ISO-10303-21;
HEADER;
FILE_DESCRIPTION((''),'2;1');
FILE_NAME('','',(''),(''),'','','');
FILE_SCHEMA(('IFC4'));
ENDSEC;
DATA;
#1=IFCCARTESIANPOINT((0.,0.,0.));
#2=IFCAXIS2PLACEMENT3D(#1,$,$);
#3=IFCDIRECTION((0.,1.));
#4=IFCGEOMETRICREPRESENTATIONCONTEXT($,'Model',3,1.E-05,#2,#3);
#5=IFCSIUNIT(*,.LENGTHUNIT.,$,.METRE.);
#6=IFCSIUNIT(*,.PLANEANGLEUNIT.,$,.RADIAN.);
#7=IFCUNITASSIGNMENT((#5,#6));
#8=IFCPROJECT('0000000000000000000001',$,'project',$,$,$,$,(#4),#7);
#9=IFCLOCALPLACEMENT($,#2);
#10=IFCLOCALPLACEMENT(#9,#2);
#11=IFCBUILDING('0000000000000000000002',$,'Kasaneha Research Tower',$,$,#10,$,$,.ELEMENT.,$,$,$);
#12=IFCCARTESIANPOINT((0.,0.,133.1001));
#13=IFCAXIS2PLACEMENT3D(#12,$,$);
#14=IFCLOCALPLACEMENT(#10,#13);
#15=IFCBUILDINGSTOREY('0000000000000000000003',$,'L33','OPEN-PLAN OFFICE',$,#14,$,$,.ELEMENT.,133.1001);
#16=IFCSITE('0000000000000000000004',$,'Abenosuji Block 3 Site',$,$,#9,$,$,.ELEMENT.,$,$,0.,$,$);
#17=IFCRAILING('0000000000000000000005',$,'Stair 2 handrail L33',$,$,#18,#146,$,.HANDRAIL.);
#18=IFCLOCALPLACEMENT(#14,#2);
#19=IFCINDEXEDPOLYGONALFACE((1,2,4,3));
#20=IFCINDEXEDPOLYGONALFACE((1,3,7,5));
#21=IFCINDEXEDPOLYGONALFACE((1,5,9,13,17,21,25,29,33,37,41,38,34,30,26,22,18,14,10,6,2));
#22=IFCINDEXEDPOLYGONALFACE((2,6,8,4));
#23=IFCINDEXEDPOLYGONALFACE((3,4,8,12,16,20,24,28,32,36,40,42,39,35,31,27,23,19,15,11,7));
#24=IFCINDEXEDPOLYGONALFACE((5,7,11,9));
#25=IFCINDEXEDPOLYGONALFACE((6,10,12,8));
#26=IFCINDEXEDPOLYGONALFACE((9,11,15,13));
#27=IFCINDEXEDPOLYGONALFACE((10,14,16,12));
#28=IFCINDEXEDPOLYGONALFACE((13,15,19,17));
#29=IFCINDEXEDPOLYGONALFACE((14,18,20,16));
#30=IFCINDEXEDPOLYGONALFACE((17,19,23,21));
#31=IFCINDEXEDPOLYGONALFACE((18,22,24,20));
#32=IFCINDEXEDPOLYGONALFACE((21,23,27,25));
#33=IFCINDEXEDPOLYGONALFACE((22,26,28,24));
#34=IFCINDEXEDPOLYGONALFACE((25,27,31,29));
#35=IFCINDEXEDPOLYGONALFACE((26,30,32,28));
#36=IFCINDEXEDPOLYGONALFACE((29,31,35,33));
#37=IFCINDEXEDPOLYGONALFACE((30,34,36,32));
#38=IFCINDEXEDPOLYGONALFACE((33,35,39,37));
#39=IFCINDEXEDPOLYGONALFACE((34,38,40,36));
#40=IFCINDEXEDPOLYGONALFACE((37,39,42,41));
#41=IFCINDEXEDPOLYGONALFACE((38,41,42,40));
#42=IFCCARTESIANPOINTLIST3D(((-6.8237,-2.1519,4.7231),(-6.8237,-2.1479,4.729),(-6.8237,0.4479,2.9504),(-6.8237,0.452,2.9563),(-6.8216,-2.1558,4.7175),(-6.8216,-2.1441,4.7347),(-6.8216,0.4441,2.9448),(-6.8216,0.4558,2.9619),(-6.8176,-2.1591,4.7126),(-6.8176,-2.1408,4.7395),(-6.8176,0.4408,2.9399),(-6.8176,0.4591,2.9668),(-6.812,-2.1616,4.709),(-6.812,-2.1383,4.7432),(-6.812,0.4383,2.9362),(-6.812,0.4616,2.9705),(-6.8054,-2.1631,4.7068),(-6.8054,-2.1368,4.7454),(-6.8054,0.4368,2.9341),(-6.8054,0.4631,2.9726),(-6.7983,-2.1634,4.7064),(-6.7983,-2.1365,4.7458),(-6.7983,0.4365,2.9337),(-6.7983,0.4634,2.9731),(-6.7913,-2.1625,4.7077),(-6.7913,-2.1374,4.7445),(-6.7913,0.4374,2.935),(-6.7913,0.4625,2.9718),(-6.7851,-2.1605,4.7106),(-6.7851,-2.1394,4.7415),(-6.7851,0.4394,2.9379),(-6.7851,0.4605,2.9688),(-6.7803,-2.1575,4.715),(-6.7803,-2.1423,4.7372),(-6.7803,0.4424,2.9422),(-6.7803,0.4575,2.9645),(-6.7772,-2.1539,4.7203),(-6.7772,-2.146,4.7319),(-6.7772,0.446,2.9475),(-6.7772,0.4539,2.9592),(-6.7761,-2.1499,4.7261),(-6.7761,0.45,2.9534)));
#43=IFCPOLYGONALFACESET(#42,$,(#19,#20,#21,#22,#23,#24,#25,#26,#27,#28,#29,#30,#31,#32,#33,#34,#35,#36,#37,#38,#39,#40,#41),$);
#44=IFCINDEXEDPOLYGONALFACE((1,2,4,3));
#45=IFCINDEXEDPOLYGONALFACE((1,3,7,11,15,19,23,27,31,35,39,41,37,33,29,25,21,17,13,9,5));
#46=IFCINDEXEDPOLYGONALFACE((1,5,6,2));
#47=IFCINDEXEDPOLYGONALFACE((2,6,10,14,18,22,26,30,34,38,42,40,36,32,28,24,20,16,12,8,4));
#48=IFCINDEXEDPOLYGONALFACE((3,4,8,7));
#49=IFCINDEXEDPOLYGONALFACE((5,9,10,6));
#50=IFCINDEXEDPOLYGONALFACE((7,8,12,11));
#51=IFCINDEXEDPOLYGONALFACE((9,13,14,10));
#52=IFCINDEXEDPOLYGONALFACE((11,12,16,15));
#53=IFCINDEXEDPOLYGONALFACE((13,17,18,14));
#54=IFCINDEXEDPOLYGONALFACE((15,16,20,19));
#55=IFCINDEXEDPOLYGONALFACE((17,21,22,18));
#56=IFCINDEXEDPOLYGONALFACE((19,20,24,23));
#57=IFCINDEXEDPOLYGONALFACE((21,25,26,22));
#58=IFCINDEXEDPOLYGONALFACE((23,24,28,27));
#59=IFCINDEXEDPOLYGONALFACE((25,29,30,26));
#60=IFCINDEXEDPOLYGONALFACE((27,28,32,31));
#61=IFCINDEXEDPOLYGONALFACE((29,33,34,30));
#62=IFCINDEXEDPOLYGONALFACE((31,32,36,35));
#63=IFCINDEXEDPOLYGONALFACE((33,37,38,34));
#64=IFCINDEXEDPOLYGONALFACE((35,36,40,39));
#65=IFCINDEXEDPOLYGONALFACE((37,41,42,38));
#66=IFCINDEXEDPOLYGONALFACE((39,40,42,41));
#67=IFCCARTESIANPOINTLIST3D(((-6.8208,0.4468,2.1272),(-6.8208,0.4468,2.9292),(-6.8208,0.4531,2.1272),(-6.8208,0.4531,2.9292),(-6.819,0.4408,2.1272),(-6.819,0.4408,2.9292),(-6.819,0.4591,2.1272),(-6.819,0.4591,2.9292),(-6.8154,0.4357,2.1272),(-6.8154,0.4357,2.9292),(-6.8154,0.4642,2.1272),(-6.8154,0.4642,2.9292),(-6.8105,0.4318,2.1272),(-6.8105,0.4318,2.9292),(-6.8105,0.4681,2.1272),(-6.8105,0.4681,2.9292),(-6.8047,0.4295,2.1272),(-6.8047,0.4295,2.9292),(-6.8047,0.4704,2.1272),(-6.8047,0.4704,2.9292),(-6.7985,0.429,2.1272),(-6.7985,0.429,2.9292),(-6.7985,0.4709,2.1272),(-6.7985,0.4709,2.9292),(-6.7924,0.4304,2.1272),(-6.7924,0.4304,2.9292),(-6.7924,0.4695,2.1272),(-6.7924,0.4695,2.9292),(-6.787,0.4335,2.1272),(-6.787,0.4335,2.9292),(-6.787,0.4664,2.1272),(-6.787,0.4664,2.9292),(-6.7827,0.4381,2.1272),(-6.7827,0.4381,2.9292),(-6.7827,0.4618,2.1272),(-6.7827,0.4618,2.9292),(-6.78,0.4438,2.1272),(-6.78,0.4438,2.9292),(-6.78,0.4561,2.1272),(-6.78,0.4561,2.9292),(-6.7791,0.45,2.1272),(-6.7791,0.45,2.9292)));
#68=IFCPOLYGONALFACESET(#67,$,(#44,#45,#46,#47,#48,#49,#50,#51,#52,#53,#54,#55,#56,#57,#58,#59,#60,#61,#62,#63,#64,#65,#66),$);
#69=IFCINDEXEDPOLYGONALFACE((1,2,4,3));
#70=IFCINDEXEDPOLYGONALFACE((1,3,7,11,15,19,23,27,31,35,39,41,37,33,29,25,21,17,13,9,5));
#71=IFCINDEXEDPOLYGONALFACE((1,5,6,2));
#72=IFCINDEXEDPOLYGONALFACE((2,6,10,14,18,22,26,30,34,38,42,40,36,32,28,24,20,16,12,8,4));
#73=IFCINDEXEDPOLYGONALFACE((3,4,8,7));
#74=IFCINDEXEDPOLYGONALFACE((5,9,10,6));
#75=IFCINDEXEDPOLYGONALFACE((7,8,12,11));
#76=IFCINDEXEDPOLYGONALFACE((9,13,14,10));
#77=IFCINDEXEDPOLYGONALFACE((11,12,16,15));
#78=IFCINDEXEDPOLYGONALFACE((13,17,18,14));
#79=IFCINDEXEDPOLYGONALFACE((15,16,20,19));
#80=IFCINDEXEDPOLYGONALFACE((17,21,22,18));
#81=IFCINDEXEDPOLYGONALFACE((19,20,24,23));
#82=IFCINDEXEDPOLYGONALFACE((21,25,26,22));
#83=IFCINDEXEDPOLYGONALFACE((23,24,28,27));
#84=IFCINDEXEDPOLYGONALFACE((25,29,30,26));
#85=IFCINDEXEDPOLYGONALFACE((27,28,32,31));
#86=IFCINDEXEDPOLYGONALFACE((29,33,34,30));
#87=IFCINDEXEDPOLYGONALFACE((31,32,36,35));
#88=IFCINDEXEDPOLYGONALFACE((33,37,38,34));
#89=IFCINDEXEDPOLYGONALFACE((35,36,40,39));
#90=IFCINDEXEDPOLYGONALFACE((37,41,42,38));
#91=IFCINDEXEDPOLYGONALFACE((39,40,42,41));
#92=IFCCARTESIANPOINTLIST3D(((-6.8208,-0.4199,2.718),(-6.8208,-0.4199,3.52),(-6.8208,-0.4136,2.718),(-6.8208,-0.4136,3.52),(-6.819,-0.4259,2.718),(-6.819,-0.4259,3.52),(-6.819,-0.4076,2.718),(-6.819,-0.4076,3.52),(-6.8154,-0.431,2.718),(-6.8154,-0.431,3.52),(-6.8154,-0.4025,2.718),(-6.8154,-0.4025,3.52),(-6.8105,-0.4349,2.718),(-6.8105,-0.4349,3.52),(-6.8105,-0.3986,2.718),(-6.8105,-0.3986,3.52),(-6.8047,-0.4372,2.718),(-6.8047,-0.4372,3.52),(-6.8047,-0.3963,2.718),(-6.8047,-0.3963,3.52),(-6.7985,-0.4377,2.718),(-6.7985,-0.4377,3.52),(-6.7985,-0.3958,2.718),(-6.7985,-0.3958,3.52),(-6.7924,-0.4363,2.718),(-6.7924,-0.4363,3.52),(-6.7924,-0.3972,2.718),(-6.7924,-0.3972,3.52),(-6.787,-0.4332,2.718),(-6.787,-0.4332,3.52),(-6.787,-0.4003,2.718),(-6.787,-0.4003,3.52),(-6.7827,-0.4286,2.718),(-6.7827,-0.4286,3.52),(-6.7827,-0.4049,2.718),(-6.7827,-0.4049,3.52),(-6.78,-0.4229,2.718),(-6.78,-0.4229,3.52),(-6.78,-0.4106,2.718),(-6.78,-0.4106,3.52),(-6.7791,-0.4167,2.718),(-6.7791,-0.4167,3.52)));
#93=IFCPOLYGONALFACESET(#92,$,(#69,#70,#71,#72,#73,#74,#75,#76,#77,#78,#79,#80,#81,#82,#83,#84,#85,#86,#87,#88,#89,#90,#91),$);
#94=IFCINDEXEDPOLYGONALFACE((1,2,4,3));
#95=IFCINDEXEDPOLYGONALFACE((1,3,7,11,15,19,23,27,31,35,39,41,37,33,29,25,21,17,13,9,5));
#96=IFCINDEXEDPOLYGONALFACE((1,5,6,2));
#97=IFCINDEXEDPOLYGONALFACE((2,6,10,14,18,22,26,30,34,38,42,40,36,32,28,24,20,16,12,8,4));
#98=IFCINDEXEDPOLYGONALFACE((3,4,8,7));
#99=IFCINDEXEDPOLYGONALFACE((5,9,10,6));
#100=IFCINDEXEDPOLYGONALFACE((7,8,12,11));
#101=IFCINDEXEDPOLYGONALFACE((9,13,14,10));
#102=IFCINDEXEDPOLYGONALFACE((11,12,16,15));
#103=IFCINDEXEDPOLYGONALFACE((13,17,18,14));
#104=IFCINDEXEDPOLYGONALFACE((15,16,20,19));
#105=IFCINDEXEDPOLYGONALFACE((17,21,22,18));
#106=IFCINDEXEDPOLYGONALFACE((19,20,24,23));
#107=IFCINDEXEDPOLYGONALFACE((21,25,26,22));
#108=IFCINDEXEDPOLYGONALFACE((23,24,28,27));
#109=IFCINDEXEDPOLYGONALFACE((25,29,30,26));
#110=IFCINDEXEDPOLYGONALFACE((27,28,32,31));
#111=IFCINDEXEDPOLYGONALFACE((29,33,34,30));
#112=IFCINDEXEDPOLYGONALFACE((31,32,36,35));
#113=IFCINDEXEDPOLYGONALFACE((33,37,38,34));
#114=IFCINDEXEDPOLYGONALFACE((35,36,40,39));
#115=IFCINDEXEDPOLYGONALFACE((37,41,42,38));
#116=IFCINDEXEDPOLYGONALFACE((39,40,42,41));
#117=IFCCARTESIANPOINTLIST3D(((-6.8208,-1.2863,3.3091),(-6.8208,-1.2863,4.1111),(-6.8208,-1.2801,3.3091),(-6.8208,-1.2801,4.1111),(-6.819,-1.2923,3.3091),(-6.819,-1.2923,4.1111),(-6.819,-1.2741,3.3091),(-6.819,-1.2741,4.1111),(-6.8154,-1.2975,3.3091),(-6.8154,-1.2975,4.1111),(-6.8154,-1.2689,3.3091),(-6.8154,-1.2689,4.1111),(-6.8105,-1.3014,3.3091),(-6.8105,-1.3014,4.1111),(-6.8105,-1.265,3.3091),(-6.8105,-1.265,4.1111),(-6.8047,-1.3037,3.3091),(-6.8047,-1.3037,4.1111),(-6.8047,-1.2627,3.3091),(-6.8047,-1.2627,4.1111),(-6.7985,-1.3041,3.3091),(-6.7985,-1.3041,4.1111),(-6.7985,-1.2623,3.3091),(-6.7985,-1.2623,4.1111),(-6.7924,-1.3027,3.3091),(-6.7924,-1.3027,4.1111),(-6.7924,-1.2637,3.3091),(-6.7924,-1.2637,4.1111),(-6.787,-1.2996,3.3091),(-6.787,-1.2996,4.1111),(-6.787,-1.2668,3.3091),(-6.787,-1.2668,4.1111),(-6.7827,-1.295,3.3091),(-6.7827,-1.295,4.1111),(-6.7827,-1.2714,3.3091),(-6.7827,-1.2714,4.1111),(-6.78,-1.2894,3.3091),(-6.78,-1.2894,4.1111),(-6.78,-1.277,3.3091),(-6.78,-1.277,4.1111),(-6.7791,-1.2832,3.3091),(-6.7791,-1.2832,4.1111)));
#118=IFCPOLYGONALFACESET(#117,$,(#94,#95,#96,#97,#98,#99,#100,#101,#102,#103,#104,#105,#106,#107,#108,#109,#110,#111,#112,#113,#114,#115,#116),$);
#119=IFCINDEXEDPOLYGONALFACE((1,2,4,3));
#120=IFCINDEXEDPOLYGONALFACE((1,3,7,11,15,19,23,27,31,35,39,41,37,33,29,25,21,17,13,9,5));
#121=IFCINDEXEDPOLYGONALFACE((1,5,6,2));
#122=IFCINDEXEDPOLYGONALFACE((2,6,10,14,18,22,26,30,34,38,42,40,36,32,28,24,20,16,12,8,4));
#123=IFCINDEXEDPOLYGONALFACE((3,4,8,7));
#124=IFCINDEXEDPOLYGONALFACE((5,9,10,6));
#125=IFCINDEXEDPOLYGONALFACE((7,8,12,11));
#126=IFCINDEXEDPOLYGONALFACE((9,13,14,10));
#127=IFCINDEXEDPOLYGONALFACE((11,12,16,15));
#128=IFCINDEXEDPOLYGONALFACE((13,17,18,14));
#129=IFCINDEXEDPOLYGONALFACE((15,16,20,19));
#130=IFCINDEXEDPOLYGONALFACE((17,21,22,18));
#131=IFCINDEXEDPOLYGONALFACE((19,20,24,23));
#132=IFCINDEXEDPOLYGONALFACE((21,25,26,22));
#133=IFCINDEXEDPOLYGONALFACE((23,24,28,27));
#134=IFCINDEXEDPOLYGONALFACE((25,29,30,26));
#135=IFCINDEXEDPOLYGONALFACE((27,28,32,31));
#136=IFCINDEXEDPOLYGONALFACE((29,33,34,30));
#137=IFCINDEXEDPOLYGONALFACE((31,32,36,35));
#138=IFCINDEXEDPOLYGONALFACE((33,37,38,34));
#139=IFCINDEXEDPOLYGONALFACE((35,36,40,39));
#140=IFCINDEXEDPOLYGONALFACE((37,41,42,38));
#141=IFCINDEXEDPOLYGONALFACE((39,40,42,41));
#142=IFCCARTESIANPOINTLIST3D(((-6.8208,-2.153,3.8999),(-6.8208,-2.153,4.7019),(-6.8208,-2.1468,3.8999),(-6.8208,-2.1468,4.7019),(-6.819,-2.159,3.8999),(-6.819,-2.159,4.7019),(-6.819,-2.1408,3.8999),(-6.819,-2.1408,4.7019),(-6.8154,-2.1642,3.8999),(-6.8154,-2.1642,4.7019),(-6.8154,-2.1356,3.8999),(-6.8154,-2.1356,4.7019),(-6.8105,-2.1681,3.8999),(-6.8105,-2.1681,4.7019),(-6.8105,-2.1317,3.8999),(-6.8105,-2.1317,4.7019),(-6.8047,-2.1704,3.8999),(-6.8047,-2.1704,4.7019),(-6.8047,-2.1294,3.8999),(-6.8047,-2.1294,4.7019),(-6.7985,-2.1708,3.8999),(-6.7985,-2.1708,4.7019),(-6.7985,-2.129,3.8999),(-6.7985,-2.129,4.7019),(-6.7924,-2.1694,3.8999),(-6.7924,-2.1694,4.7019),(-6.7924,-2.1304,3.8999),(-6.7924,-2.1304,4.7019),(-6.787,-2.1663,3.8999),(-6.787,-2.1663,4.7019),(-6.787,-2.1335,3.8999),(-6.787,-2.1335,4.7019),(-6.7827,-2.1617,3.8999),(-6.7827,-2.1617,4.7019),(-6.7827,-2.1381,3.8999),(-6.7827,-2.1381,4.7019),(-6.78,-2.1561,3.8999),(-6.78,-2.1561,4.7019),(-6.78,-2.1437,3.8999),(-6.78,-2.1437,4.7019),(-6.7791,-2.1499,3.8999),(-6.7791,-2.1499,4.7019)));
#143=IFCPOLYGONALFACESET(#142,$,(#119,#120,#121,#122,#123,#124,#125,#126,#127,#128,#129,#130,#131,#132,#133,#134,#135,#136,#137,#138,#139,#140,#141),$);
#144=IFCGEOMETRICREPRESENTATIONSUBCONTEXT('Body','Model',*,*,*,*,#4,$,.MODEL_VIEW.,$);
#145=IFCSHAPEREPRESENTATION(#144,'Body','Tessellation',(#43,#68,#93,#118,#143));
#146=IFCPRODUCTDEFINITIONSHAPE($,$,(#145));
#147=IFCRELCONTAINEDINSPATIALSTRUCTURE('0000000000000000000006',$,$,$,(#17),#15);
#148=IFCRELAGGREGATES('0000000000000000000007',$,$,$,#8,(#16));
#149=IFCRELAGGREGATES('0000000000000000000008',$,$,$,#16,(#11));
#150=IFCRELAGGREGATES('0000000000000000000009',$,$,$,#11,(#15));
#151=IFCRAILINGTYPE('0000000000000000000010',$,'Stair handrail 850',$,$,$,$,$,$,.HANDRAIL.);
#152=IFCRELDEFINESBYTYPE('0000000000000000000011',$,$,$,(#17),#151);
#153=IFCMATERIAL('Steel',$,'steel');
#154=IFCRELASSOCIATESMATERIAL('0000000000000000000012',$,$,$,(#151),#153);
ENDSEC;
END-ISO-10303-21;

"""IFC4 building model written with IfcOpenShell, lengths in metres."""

from ifc_helpers import new_model, si_unit, direction, frame, origin, origin_2d, place, context, subcontext, project, spatial, circle, extrude, material, type_object, element, save


model = new_model("IFC4")

# Units and contexts
model_context = context("Model", 3, precision=1e-05, world=origin(), true_north=direction((0.0, 1.0)))
body_context = subcontext(model_context, "Body", "Model", "MODEL_VIEW")
ifc_project = project(units=[si_unit("LENGTHUNIT", "METRE"), si_unit("PLANEANGLEUNIT", "RADIAN")], contexts=[model_context])

# Site, building, storey
site_placement = place(None, origin())
site = spatial("IfcSite", under=ifc_project, at=site_placement, Name="Abenosuji Block 3 Site", CompositionType="ELEMENT", RefElevation=0.0)
building_placement = place(site_placement, origin())
building = spatial("IfcBuilding", under=site, at=building_placement, Name="Kasaneha Research Tower", CompositionType="ELEMENT")
storey_placement = place(building_placement, frame((0.0, 0.0, 133.1001)))
storey = spatial("IfcBuildingStorey", under=building, at=storey_placement, Name="L33", Description="OPEN-PLAN OFFICE", CompositionType="ELEMENT", Elevation=133.1001)

# Railing
ifc_material_1 = material(Name="Steel", Category="steel")
railing_type_1 = type_object("IfcRailingType", Name="Stair handrail 850", PredefinedType="HANDRAIL", material=ifc_material_1)
railing_1_placement = place(storey_placement, frame((-6.8, 0.45, 2.1272)))
element("IfcRailing", 1, at=railing_1_placement, inside=storey, type_object=railing_type_1, Name="Stair 2 handrail L33", PredefinedType="HANDRAIL", context=body_context, shape_type="SweptSolid", body=[
    extrude(circle(Radius=0.0239, at=origin_2d()), frame((0.0, 0.0, 0.8262), z_axis=(0.0, -0.826216, 0.563354), x_axis=(1.0, 0.0, 0.0)), (0.0, 0.0, 1.0), 3.1467),
    extrude(circle(Radius=0.021, at=origin_2d()), origin(), (0.0, 0.0, 1.0), 0.802),
    extrude(circle(Radius=0.021, at=origin_2d()), frame((0.0, -0.8667, 0.5908)), (0.0, 0.0, 1.0), 0.802),
    extrude(circle(Radius=0.021, at=origin_2d()), frame((0.0, -1.7332, 1.1819)), (0.0, 0.0, 1.0), 0.802),
    extrude(circle(Radius=0.021, at=origin_2d()), frame((0.0, -2.5999, 1.7727)), (0.0, 0.0, 1.0), 0.802),
])

save(model, "model.ifc")
